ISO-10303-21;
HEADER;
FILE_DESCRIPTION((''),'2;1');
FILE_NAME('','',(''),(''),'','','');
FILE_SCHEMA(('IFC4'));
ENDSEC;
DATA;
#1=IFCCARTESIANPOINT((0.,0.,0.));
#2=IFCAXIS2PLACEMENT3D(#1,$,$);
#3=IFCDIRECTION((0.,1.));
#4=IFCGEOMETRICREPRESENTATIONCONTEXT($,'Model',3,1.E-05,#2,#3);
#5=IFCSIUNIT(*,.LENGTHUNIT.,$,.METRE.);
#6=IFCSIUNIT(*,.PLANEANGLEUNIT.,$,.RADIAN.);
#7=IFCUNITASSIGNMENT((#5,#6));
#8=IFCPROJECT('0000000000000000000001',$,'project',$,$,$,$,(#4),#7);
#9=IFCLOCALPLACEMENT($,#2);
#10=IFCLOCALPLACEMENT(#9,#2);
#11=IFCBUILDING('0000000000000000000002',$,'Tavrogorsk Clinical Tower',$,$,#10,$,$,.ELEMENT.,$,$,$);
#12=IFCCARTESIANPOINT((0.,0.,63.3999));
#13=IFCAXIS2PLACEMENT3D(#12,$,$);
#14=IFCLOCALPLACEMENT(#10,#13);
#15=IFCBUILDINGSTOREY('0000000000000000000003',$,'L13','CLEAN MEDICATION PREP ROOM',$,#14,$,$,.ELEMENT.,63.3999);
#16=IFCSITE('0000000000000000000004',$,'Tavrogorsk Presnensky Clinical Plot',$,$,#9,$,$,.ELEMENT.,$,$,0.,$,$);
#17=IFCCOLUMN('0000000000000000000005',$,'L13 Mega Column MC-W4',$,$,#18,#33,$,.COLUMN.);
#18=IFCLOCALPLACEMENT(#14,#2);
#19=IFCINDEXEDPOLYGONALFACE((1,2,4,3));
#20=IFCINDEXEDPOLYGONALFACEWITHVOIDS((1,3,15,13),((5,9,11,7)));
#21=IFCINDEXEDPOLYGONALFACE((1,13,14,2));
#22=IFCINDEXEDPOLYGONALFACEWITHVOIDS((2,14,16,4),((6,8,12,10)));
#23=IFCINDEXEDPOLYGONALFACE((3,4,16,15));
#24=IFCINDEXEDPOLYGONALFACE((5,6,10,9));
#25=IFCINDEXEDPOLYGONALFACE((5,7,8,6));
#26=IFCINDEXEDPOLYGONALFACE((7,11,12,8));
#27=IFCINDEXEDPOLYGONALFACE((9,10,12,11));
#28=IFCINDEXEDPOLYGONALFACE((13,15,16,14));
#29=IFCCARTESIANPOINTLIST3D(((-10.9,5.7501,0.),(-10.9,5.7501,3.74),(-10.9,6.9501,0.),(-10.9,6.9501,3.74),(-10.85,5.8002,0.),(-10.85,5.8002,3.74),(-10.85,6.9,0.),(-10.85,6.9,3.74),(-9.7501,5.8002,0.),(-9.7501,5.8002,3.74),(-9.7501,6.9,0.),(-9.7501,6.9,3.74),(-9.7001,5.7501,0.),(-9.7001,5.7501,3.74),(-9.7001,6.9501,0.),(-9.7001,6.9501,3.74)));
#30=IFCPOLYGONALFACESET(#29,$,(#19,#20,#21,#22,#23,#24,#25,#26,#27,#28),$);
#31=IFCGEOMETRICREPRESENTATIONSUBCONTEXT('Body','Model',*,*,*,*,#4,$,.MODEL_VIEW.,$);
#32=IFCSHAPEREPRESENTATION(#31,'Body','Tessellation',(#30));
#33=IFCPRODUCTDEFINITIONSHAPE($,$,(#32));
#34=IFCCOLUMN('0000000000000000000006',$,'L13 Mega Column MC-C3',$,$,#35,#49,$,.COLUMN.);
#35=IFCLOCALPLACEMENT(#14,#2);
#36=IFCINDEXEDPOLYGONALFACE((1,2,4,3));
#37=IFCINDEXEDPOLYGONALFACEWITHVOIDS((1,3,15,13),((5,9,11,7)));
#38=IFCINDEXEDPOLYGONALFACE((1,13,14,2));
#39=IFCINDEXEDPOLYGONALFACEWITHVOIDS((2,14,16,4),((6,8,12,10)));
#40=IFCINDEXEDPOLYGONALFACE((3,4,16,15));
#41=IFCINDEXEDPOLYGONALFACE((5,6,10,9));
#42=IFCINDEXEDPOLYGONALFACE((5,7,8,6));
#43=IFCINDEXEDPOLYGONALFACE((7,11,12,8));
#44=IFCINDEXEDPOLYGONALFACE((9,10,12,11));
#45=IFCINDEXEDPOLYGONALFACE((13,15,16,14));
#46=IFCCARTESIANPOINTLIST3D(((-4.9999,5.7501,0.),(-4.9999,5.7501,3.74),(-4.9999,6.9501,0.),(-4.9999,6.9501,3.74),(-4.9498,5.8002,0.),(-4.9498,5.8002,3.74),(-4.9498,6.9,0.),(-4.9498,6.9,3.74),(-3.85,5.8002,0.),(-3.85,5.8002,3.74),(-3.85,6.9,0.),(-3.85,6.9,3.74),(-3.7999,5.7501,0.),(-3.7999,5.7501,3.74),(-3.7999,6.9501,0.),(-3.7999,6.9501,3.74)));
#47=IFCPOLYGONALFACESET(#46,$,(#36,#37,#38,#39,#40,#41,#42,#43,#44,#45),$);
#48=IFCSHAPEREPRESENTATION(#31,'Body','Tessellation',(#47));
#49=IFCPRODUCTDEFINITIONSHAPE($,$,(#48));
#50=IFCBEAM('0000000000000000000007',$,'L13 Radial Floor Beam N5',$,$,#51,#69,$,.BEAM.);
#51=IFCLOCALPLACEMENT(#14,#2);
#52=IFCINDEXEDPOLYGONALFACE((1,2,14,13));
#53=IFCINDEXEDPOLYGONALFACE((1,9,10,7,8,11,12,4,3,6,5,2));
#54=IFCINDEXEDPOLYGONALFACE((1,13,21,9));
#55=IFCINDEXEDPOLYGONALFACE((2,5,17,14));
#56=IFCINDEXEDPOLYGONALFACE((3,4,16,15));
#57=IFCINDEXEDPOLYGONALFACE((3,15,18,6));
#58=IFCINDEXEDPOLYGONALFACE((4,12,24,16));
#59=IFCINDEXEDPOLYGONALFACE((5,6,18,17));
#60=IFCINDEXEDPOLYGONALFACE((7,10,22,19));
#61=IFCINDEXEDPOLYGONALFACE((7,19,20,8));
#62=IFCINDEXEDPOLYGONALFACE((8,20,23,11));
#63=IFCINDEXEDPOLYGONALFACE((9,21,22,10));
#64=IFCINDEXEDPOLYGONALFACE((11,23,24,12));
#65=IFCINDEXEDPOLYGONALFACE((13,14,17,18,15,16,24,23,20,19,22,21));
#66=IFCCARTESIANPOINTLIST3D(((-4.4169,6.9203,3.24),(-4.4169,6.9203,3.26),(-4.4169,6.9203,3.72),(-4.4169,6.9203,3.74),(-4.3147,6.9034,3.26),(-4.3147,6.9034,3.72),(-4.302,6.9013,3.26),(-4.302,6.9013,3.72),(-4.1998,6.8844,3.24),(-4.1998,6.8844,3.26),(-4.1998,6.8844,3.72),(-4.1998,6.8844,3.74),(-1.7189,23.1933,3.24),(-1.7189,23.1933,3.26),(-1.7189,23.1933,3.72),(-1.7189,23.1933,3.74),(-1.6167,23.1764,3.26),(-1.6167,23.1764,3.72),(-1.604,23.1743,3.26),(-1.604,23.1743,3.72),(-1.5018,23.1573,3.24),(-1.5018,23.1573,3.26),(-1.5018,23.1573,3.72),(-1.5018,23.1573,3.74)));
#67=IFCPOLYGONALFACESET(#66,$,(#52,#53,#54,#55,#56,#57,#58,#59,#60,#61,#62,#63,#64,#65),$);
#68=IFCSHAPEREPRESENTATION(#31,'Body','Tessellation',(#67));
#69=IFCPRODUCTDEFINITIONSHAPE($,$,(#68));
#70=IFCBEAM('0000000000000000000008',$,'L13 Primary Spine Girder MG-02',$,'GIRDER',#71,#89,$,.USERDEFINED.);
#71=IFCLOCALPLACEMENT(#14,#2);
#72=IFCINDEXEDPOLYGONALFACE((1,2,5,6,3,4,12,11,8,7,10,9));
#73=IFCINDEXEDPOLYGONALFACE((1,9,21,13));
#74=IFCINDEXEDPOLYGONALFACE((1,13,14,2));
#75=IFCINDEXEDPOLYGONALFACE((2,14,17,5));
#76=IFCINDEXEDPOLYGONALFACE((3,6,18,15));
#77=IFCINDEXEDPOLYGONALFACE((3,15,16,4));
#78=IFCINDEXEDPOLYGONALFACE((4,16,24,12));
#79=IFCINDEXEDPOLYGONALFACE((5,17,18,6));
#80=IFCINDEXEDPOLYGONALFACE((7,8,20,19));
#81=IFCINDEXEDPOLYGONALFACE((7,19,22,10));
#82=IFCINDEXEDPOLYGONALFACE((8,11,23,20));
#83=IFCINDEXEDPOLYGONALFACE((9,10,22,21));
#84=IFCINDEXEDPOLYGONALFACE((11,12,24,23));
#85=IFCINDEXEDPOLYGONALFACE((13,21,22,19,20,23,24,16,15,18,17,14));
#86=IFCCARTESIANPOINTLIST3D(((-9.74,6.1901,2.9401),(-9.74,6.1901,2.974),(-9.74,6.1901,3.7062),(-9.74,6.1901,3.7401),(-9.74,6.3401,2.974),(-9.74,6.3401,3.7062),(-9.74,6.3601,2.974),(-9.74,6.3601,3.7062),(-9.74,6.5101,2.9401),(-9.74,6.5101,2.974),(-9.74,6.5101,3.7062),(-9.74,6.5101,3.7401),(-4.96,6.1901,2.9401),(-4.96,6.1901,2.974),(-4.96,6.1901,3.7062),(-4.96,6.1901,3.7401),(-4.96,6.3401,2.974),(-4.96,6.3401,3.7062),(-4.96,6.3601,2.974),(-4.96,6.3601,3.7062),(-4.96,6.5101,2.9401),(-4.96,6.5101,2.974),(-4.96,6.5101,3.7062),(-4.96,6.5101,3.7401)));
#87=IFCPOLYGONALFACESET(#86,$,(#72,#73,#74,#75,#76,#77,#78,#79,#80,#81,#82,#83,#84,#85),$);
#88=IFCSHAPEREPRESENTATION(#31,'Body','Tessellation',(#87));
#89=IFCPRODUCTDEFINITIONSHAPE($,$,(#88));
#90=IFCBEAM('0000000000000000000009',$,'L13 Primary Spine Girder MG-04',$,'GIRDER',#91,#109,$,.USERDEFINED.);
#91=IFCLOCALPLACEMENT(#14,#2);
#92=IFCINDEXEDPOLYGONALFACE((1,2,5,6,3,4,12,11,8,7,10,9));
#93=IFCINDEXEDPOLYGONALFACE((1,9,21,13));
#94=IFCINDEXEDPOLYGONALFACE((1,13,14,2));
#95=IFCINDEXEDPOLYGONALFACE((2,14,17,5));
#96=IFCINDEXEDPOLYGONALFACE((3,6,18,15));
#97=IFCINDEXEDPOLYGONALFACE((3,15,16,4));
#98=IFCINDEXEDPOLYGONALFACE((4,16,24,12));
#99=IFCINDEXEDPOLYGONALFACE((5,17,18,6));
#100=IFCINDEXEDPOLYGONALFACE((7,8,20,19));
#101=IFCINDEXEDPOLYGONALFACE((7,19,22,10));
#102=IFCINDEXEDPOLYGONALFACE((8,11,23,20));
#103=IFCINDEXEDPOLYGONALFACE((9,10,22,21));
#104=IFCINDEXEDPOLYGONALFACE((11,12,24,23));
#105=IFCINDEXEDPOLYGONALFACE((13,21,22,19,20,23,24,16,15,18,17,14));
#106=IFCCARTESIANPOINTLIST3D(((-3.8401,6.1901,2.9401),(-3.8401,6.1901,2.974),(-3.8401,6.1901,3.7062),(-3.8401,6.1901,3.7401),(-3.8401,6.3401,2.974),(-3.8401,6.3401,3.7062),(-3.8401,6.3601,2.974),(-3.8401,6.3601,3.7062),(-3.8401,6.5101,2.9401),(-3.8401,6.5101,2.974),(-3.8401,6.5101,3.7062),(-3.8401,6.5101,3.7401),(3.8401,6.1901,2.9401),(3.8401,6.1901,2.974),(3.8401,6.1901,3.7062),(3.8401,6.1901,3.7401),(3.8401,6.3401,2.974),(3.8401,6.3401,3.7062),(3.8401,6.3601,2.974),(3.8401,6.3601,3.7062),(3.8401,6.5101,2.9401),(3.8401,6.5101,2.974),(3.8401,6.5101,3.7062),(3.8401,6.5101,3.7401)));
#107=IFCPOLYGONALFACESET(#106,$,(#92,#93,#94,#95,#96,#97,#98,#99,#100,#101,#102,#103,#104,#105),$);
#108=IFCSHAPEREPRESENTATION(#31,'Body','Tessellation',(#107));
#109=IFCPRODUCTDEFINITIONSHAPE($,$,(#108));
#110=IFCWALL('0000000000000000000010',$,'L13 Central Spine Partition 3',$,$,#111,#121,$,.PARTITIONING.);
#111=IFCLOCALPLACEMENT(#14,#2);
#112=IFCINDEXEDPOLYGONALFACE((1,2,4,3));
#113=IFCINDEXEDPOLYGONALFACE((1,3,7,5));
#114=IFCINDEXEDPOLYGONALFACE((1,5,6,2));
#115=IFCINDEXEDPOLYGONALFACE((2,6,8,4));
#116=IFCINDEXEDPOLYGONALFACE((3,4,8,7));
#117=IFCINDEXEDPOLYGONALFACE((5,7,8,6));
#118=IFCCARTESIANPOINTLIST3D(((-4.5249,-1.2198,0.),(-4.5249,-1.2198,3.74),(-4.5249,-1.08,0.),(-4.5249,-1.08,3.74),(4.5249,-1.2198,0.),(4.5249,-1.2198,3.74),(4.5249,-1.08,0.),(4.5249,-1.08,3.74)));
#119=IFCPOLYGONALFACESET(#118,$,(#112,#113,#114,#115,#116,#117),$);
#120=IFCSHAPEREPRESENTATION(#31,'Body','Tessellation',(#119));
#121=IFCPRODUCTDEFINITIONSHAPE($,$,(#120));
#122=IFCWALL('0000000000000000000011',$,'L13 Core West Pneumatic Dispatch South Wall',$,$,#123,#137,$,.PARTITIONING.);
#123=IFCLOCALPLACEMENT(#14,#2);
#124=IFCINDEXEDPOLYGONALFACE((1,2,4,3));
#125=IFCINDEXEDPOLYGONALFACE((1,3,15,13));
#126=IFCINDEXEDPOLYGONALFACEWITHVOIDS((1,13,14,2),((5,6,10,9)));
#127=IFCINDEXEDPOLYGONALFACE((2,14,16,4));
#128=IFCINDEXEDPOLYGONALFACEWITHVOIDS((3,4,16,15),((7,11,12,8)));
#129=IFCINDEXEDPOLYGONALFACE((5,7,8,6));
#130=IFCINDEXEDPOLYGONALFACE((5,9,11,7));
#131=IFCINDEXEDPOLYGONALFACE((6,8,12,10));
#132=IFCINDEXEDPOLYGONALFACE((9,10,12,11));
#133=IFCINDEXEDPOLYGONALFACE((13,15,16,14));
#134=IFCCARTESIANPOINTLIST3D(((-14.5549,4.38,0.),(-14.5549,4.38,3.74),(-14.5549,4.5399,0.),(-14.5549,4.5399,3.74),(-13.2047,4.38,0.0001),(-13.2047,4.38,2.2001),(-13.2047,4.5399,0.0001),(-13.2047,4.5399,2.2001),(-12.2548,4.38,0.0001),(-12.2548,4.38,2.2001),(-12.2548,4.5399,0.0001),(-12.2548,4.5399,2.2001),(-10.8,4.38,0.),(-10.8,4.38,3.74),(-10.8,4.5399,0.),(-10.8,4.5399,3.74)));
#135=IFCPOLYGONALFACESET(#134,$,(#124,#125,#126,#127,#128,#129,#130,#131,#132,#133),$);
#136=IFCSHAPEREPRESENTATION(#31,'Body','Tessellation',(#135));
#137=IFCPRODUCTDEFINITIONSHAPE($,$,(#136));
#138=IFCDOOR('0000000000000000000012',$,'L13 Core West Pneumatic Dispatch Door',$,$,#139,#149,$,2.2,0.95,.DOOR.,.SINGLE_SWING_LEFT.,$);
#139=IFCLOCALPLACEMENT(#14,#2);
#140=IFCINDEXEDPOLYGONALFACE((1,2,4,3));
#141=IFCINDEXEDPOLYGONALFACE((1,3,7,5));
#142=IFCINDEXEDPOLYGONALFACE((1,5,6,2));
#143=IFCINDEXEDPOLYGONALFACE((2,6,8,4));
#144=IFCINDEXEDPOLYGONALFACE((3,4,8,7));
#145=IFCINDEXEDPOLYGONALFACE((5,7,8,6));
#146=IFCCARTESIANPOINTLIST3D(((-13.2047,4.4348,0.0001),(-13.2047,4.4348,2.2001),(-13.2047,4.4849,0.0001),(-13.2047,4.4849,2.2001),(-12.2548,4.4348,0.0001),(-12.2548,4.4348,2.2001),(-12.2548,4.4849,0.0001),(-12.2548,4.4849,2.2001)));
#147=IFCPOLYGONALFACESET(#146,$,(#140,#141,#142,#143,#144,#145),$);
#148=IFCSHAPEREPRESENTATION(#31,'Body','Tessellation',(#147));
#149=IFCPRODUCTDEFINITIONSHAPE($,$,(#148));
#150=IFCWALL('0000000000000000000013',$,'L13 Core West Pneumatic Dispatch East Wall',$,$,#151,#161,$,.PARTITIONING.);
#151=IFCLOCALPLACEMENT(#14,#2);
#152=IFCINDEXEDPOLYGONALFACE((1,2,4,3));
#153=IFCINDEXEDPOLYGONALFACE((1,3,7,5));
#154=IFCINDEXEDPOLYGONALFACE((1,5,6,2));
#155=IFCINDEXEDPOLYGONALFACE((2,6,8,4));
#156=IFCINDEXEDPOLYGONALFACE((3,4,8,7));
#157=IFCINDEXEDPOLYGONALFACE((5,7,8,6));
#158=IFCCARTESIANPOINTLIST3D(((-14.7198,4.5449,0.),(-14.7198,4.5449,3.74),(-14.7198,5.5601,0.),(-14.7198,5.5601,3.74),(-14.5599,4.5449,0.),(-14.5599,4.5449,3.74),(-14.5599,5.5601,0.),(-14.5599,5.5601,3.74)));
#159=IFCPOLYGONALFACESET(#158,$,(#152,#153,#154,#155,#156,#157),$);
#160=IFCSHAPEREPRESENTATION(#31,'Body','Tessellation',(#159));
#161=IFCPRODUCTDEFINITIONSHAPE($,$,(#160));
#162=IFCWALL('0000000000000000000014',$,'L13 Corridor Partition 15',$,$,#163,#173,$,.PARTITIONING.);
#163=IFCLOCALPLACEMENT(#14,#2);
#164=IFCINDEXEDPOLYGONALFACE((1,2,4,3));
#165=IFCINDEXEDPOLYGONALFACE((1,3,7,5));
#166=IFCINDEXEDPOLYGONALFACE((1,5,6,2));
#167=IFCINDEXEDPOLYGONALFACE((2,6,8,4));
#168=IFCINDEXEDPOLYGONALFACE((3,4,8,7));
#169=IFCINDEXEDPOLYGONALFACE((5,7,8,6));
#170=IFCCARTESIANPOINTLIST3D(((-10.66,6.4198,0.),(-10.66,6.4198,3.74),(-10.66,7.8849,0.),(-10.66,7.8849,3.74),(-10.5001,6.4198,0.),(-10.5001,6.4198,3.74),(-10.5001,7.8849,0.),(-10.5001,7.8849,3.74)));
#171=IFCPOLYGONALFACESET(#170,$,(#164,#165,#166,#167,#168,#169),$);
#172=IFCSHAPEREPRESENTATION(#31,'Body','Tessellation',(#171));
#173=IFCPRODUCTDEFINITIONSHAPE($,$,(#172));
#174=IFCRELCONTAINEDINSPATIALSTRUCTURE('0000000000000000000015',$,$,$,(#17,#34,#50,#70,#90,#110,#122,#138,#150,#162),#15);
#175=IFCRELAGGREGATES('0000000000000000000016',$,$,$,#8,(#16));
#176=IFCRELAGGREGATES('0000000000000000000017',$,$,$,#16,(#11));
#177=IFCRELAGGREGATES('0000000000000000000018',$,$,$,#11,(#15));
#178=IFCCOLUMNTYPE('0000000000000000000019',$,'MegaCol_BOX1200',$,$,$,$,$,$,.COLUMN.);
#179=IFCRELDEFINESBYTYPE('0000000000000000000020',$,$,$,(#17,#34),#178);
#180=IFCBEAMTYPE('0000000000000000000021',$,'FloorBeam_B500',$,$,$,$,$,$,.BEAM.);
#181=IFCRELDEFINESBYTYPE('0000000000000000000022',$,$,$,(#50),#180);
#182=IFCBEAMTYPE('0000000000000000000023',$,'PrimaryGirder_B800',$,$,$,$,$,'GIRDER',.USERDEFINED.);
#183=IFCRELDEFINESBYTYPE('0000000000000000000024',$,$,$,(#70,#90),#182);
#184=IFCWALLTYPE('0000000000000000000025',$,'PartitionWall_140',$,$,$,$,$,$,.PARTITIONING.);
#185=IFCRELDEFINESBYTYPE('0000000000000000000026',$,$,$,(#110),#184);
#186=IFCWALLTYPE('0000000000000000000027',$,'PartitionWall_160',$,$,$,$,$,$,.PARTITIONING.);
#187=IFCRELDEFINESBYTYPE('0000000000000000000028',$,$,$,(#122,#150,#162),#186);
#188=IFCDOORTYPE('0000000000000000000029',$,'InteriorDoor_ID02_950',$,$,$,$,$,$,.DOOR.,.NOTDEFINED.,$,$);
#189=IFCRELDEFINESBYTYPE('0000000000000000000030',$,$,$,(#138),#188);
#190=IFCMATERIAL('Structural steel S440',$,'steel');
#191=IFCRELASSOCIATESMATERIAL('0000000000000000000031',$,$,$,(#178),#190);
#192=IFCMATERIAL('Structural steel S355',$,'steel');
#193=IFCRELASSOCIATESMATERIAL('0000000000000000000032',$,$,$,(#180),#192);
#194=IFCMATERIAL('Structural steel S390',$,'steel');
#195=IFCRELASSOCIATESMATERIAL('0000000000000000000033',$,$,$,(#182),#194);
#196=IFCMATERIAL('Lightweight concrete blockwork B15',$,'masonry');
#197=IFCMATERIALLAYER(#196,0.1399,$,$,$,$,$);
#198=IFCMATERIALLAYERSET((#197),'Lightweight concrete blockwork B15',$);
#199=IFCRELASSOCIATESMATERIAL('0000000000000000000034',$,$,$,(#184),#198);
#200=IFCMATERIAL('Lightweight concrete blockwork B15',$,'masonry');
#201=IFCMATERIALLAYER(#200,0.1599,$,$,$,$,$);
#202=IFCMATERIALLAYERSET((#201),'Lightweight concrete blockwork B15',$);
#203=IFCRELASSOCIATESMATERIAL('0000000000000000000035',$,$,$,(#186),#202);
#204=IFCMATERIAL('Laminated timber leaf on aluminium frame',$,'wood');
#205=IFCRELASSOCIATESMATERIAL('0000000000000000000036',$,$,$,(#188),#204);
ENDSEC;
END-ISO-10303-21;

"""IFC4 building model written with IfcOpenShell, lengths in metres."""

from ifc_helpers import new_model, si_unit, direction, frame, frame_2d, origin, origin_2d, place, context, subcontext, project, spatial, rectangle, hollow_rectangle, i_section, extrude, material, layer, layer_set, material_profile, profile_set, type_object, element, fill, save


model = new_model("IFC4")

# Units and contexts
model_context = context("Model", 3, precision=1e-05, world=origin(), true_north=direction((0.0, 1.0)))
body_context = subcontext(model_context, "Body", "Model", "MODEL_VIEW")
ifc_project = project(units=[si_unit("LENGTHUNIT", "METRE"), si_unit("PLANEANGLEUNIT", "RADIAN")], contexts=[model_context])

# Site, building, storey
site_placement = place(None, origin())
site = spatial("IfcSite", under=ifc_project, at=site_placement, Name="Tavrogorsk Presnensky Clinical Plot", CompositionType="ELEMENT", RefElevation=0.0)
building_placement = place(site_placement, origin())
building = spatial("IfcBuilding", under=site, at=building_placement, Name="Tavrogorsk Clinical Tower", CompositionType="ELEMENT")
storey_placement = place(building_placement, frame((0.0, 0.0, 63.3999)))
storey = spatial("IfcBuildingStorey", under=building, at=storey_placement, Name="L13", Description="CLEAN MEDICATION PREP ROOM", CompositionType="ELEMENT", Elevation=63.3999)

# Columns
ifc_material_1 = material(Name="Structural steel S440", Category="steel")
ifc_material_profile_1 = material_profile(ifc_material_1, hollow_rectangle(XDim=1.2, YDim=1.2, WallThickness=0.05, at=origin_2d()), Name="BOX-1200x1200x50")
ifc_profile_set_1 = profile_set([ifc_material_profile_1], Name="Structural steel S440")
column_type = type_object("IfcColumnType", Name="MegaCol_BOX1200", PredefinedType="COLUMN", material=ifc_profile_set_1)
for number, where, z_axis, x_axis, name in (
    (1, (-10.3, 6.3501, 0.0), (0.0, 0.0, 1.0), (1.0, 0.0, 0.0), "L13 Mega Column MC-W4"),
    (2, (-4.3999, 6.3501, 0.0), (0.0, 0.0, 1.0), (1.0, 0.0, 0.0), "L13 Mega Column MC-C3"),
):
    element("IfcColumn", number, at=place(storey_placement, frame(where, z_axis=z_axis, x_axis=x_axis)), inside=storey, type_object=column_type, Name=name, PredefinedType="COLUMN", context=body_context, shape_type="SweptSolid", body=[
        extrude(hollow_rectangle(XDim=1.2, YDim=1.2, WallThickness=0.05, at=origin_2d()), origin(), (0.0, 0.0, 1.0), 3.74),
    ])

# Beams
ifc_material_2 = material(Name="Structural steel S355", Category="steel")
ifc_material_profile_2 = material_profile(ifc_material_2, i_section(OverallWidth=0.22, OverallDepth=0.5, WebThickness=0.0129, FlangeThickness=0.02, at=origin_2d()), Name="B-500x220x13x20")
ifc_profile_set_2 = profile_set([ifc_material_profile_2], Name="Structural steel S355")
beam_type_1 = type_object("IfcBeamType", Name="FloorBeam_B500", PredefinedType="BEAM", material=ifc_profile_set_2)
beam_1_placement = place(storey_placement, frame((-4.3083, 6.9023, 3.49), z_axis=(0.163564, 0.986533, 0.0), x_axis=(-0.986533, 0.163564, 0.0)))
element("IfcBeam", 3, at=beam_1_placement, inside=storey, type_object=beam_type_1, Name="L13 Radial Floor Beam N5", PredefinedType="BEAM", context=body_context, shape_type="SweptSolid", body=[
    extrude(i_section(OverallWidth=0.22, OverallDepth=0.5, WebThickness=0.0129, FlangeThickness=0.02, at=origin_2d()), origin(), (0.0, 0.0, 1.0), 16.4951),
])
ifc_material_3 = material(Name="Structural steel S390", Category="steel")
ifc_material_profile_3 = material_profile(ifc_material_3, i_section(OverallWidth=0.3201, OverallDepth=0.8, WebThickness=0.02, FlangeThickness=0.0339, at=origin_2d()), Name="B-800x320x20x34")
ifc_profile_set_3 = profile_set([ifc_material_profile_3], Name="Structural steel S390")
beam_type_2 = type_object("IfcBeamType", Name="PrimaryGirder_B800", ElementType="GIRDER", PredefinedType="USERDEFINED", material=ifc_profile_set_3)
beam_2_placement = place(storey_placement, frame((-9.74, 6.3501, 3.3401), z_axis=(1.0, 0.0, 0.0), x_axis=(0.0, 1.0, 0.0)))
element("IfcBeam", 4, at=beam_2_placement, inside=storey, type_object=beam_type_2, Name="L13 Primary Spine Girder MG-02", ObjectType="GIRDER", PredefinedType="USERDEFINED", context=body_context, shape_type="SweptSolid", body=[
    extrude(i_section(OverallWidth=0.3201, OverallDepth=0.8, WebThickness=0.02, FlangeThickness=0.0339, at=origin_2d()), origin(), (0.0, 0.0, 1.0), 4.78),
])
beam_3_placement = place(storey_placement, frame((-3.8401, 6.3501, 3.3401), z_axis=(1.0, 0.0, 0.0), x_axis=(0.0, 1.0, 0.0)))
element("IfcBeam", 5, at=beam_3_placement, inside=storey, type_object=beam_type_2, Name="L13 Primary Spine Girder MG-04", ObjectType="GIRDER", PredefinedType="USERDEFINED", context=body_context, shape_type="SweptSolid", body=[
    extrude(i_section(OverallWidth=0.3201, OverallDepth=0.8, WebThickness=0.02, FlangeThickness=0.0339, at=origin_2d()), origin(), (0.0, 0.0, 1.0), 7.6802),
])

# Wall
ifc_material_4 = material(Name="Lightweight concrete blockwork B15", Category="masonry")
ifc_layer_1 = layer(ifc_material_4, 0.1399)
ifc_layer_set_1 = layer_set([ifc_layer_1], Name="Lightweight concrete blockwork B15")
wall_type_1 = type_object("IfcWallType", Name="PartitionWall_140", PredefinedType="PARTITIONING", material=ifc_layer_set_1)
wall_1_placement = place(storey_placement, frame((-4.5249, -1.1499, 0.0), z_axis=(0.0, 0.0, 1.0), x_axis=(1.0, 0.0, 0.0)))
element("IfcWall", 6, at=wall_1_placement, inside=storey, type_object=wall_type_1, Name="L13 Central Spine Partition 3", PredefinedType="PARTITIONING", context=body_context, shape_type="SweptSolid", body=[
    extrude(rectangle(XDim=9.0498, YDim=0.1399, at=frame_2d((4.5249, 0.0))), origin(), (0.0, 0.0, 1.0), 3.74),
])

# Wall, opening, door
ifc_material_5 = material(Name="Lightweight concrete blockwork B15", Category="masonry")
ifc_layer_2 = layer(ifc_material_5, 0.1599)
ifc_layer_set_2 = layer_set([ifc_layer_2], Name="Lightweight concrete blockwork B15")
wall_type_2 = type_object("IfcWallType", Name="PartitionWall_160", PredefinedType="PARTITIONING", material=ifc_layer_set_2)
wall_2_placement = place(storey_placement, frame((-14.5549, 4.46, 0.0), z_axis=(0.0, 0.0, 1.0), x_axis=(1.0, 0.0, 0.0)))
wall_2 = element("IfcWall", 7, at=wall_2_placement, inside=storey, type_object=wall_type_2, Name="L13 Core West Pneumatic Dispatch South Wall", PredefinedType="PARTITIONING", context=body_context, shape_type="SweptSolid", body=[
    extrude(rectangle(XDim=3.7549, YDim=0.1599, at=frame_2d((1.8774, 0.0))), origin(), (0.0, 0.0, 1.0), 3.74),
])
opening_1_placement = place(wall_2_placement, frame((1.3501, 0.0, 0.0)))
opening_1 = element("IfcOpeningElement", 8, at=opening_1_placement, cuts=wall_2, PredefinedType="OPENING", context=body_context, shape_type="SweptSolid", body=[
    extrude(rectangle(XDim=0.95, YDim=2.2, at=frame_2d((0.4751, 1.1001))), frame((0.0, 0.0898, 0.0), z_axis=(0.0, -1.0, 0.0), x_axis=(1.0, 0.0, 0.0)), (0.0, 0.0, 1.0), 0.1799),
])
ifc_material_6 = material(Name="Laminated timber leaf on aluminium frame", Category="wood")
door_type_1 = type_object("IfcDoorType", Name="InteriorDoor_ID02_950", OperationType="NOTDEFINED", PredefinedType="DOOR", material=ifc_material_6)
door_1_placement = place(opening_1_placement, origin())
door_1 = element("IfcDoor", 9, at=door_1_placement, inside=storey, type_object=door_type_1, Name="L13 Core West Pneumatic Dispatch Door", OperationType="SINGLE_SWING_LEFT", OverallHeight=2.2, OverallWidth=0.95, PredefinedType="DOOR", context=body_context, shape_type="SweptSolid", body=[
    extrude(rectangle(XDim=0.95, YDim=2.2, at=frame_2d((0.4751, 1.1001))), frame((0.0, 0.0249, 0.0), z_axis=(0.0, -1.0, 0.0), x_axis=(1.0, 0.0, 0.0)), (0.0, 0.0, 1.0), 0.05),
])
fill(opening_1, door_1)

# Walls
wall_3_placement = place(storey_placement, frame((-14.6399, 4.5449, 0.0), z_axis=(0.0, 0.0, 1.0), x_axis=(0.0, 1.0, 0.0)))
element("IfcWall", 10, at=wall_3_placement, inside=storey, type_object=wall_type_2, Name="L13 Core West Pneumatic Dispatch East Wall", PredefinedType="PARTITIONING", context=body_context, shape_type="SweptSolid", body=[
    extrude(rectangle(XDim=1.0151, YDim=0.1599, at=frame_2d((0.5076, 0.0))), origin(), (0.0, 0.0, 1.0), 3.74),
])
wall_4_placement = place(storey_placement, frame((-10.5801, 6.4199, 0.0), z_axis=(0.0, 0.0, 1.0), x_axis=(0.0, 1.0, 0.0)))
element("IfcWall", 11, at=wall_4_placement, inside=storey, type_object=wall_type_2, Name="L13 Corridor Partition 15", PredefinedType="PARTITIONING", context=body_context, shape_type="SweptSolid", body=[
    extrude(rectangle(XDim=1.4651, YDim=0.1599, at=frame_2d((0.7324, 0.0))), origin(), (0.0, 0.0, 1.0), 3.74),
])

save(model, "model.ifc")
